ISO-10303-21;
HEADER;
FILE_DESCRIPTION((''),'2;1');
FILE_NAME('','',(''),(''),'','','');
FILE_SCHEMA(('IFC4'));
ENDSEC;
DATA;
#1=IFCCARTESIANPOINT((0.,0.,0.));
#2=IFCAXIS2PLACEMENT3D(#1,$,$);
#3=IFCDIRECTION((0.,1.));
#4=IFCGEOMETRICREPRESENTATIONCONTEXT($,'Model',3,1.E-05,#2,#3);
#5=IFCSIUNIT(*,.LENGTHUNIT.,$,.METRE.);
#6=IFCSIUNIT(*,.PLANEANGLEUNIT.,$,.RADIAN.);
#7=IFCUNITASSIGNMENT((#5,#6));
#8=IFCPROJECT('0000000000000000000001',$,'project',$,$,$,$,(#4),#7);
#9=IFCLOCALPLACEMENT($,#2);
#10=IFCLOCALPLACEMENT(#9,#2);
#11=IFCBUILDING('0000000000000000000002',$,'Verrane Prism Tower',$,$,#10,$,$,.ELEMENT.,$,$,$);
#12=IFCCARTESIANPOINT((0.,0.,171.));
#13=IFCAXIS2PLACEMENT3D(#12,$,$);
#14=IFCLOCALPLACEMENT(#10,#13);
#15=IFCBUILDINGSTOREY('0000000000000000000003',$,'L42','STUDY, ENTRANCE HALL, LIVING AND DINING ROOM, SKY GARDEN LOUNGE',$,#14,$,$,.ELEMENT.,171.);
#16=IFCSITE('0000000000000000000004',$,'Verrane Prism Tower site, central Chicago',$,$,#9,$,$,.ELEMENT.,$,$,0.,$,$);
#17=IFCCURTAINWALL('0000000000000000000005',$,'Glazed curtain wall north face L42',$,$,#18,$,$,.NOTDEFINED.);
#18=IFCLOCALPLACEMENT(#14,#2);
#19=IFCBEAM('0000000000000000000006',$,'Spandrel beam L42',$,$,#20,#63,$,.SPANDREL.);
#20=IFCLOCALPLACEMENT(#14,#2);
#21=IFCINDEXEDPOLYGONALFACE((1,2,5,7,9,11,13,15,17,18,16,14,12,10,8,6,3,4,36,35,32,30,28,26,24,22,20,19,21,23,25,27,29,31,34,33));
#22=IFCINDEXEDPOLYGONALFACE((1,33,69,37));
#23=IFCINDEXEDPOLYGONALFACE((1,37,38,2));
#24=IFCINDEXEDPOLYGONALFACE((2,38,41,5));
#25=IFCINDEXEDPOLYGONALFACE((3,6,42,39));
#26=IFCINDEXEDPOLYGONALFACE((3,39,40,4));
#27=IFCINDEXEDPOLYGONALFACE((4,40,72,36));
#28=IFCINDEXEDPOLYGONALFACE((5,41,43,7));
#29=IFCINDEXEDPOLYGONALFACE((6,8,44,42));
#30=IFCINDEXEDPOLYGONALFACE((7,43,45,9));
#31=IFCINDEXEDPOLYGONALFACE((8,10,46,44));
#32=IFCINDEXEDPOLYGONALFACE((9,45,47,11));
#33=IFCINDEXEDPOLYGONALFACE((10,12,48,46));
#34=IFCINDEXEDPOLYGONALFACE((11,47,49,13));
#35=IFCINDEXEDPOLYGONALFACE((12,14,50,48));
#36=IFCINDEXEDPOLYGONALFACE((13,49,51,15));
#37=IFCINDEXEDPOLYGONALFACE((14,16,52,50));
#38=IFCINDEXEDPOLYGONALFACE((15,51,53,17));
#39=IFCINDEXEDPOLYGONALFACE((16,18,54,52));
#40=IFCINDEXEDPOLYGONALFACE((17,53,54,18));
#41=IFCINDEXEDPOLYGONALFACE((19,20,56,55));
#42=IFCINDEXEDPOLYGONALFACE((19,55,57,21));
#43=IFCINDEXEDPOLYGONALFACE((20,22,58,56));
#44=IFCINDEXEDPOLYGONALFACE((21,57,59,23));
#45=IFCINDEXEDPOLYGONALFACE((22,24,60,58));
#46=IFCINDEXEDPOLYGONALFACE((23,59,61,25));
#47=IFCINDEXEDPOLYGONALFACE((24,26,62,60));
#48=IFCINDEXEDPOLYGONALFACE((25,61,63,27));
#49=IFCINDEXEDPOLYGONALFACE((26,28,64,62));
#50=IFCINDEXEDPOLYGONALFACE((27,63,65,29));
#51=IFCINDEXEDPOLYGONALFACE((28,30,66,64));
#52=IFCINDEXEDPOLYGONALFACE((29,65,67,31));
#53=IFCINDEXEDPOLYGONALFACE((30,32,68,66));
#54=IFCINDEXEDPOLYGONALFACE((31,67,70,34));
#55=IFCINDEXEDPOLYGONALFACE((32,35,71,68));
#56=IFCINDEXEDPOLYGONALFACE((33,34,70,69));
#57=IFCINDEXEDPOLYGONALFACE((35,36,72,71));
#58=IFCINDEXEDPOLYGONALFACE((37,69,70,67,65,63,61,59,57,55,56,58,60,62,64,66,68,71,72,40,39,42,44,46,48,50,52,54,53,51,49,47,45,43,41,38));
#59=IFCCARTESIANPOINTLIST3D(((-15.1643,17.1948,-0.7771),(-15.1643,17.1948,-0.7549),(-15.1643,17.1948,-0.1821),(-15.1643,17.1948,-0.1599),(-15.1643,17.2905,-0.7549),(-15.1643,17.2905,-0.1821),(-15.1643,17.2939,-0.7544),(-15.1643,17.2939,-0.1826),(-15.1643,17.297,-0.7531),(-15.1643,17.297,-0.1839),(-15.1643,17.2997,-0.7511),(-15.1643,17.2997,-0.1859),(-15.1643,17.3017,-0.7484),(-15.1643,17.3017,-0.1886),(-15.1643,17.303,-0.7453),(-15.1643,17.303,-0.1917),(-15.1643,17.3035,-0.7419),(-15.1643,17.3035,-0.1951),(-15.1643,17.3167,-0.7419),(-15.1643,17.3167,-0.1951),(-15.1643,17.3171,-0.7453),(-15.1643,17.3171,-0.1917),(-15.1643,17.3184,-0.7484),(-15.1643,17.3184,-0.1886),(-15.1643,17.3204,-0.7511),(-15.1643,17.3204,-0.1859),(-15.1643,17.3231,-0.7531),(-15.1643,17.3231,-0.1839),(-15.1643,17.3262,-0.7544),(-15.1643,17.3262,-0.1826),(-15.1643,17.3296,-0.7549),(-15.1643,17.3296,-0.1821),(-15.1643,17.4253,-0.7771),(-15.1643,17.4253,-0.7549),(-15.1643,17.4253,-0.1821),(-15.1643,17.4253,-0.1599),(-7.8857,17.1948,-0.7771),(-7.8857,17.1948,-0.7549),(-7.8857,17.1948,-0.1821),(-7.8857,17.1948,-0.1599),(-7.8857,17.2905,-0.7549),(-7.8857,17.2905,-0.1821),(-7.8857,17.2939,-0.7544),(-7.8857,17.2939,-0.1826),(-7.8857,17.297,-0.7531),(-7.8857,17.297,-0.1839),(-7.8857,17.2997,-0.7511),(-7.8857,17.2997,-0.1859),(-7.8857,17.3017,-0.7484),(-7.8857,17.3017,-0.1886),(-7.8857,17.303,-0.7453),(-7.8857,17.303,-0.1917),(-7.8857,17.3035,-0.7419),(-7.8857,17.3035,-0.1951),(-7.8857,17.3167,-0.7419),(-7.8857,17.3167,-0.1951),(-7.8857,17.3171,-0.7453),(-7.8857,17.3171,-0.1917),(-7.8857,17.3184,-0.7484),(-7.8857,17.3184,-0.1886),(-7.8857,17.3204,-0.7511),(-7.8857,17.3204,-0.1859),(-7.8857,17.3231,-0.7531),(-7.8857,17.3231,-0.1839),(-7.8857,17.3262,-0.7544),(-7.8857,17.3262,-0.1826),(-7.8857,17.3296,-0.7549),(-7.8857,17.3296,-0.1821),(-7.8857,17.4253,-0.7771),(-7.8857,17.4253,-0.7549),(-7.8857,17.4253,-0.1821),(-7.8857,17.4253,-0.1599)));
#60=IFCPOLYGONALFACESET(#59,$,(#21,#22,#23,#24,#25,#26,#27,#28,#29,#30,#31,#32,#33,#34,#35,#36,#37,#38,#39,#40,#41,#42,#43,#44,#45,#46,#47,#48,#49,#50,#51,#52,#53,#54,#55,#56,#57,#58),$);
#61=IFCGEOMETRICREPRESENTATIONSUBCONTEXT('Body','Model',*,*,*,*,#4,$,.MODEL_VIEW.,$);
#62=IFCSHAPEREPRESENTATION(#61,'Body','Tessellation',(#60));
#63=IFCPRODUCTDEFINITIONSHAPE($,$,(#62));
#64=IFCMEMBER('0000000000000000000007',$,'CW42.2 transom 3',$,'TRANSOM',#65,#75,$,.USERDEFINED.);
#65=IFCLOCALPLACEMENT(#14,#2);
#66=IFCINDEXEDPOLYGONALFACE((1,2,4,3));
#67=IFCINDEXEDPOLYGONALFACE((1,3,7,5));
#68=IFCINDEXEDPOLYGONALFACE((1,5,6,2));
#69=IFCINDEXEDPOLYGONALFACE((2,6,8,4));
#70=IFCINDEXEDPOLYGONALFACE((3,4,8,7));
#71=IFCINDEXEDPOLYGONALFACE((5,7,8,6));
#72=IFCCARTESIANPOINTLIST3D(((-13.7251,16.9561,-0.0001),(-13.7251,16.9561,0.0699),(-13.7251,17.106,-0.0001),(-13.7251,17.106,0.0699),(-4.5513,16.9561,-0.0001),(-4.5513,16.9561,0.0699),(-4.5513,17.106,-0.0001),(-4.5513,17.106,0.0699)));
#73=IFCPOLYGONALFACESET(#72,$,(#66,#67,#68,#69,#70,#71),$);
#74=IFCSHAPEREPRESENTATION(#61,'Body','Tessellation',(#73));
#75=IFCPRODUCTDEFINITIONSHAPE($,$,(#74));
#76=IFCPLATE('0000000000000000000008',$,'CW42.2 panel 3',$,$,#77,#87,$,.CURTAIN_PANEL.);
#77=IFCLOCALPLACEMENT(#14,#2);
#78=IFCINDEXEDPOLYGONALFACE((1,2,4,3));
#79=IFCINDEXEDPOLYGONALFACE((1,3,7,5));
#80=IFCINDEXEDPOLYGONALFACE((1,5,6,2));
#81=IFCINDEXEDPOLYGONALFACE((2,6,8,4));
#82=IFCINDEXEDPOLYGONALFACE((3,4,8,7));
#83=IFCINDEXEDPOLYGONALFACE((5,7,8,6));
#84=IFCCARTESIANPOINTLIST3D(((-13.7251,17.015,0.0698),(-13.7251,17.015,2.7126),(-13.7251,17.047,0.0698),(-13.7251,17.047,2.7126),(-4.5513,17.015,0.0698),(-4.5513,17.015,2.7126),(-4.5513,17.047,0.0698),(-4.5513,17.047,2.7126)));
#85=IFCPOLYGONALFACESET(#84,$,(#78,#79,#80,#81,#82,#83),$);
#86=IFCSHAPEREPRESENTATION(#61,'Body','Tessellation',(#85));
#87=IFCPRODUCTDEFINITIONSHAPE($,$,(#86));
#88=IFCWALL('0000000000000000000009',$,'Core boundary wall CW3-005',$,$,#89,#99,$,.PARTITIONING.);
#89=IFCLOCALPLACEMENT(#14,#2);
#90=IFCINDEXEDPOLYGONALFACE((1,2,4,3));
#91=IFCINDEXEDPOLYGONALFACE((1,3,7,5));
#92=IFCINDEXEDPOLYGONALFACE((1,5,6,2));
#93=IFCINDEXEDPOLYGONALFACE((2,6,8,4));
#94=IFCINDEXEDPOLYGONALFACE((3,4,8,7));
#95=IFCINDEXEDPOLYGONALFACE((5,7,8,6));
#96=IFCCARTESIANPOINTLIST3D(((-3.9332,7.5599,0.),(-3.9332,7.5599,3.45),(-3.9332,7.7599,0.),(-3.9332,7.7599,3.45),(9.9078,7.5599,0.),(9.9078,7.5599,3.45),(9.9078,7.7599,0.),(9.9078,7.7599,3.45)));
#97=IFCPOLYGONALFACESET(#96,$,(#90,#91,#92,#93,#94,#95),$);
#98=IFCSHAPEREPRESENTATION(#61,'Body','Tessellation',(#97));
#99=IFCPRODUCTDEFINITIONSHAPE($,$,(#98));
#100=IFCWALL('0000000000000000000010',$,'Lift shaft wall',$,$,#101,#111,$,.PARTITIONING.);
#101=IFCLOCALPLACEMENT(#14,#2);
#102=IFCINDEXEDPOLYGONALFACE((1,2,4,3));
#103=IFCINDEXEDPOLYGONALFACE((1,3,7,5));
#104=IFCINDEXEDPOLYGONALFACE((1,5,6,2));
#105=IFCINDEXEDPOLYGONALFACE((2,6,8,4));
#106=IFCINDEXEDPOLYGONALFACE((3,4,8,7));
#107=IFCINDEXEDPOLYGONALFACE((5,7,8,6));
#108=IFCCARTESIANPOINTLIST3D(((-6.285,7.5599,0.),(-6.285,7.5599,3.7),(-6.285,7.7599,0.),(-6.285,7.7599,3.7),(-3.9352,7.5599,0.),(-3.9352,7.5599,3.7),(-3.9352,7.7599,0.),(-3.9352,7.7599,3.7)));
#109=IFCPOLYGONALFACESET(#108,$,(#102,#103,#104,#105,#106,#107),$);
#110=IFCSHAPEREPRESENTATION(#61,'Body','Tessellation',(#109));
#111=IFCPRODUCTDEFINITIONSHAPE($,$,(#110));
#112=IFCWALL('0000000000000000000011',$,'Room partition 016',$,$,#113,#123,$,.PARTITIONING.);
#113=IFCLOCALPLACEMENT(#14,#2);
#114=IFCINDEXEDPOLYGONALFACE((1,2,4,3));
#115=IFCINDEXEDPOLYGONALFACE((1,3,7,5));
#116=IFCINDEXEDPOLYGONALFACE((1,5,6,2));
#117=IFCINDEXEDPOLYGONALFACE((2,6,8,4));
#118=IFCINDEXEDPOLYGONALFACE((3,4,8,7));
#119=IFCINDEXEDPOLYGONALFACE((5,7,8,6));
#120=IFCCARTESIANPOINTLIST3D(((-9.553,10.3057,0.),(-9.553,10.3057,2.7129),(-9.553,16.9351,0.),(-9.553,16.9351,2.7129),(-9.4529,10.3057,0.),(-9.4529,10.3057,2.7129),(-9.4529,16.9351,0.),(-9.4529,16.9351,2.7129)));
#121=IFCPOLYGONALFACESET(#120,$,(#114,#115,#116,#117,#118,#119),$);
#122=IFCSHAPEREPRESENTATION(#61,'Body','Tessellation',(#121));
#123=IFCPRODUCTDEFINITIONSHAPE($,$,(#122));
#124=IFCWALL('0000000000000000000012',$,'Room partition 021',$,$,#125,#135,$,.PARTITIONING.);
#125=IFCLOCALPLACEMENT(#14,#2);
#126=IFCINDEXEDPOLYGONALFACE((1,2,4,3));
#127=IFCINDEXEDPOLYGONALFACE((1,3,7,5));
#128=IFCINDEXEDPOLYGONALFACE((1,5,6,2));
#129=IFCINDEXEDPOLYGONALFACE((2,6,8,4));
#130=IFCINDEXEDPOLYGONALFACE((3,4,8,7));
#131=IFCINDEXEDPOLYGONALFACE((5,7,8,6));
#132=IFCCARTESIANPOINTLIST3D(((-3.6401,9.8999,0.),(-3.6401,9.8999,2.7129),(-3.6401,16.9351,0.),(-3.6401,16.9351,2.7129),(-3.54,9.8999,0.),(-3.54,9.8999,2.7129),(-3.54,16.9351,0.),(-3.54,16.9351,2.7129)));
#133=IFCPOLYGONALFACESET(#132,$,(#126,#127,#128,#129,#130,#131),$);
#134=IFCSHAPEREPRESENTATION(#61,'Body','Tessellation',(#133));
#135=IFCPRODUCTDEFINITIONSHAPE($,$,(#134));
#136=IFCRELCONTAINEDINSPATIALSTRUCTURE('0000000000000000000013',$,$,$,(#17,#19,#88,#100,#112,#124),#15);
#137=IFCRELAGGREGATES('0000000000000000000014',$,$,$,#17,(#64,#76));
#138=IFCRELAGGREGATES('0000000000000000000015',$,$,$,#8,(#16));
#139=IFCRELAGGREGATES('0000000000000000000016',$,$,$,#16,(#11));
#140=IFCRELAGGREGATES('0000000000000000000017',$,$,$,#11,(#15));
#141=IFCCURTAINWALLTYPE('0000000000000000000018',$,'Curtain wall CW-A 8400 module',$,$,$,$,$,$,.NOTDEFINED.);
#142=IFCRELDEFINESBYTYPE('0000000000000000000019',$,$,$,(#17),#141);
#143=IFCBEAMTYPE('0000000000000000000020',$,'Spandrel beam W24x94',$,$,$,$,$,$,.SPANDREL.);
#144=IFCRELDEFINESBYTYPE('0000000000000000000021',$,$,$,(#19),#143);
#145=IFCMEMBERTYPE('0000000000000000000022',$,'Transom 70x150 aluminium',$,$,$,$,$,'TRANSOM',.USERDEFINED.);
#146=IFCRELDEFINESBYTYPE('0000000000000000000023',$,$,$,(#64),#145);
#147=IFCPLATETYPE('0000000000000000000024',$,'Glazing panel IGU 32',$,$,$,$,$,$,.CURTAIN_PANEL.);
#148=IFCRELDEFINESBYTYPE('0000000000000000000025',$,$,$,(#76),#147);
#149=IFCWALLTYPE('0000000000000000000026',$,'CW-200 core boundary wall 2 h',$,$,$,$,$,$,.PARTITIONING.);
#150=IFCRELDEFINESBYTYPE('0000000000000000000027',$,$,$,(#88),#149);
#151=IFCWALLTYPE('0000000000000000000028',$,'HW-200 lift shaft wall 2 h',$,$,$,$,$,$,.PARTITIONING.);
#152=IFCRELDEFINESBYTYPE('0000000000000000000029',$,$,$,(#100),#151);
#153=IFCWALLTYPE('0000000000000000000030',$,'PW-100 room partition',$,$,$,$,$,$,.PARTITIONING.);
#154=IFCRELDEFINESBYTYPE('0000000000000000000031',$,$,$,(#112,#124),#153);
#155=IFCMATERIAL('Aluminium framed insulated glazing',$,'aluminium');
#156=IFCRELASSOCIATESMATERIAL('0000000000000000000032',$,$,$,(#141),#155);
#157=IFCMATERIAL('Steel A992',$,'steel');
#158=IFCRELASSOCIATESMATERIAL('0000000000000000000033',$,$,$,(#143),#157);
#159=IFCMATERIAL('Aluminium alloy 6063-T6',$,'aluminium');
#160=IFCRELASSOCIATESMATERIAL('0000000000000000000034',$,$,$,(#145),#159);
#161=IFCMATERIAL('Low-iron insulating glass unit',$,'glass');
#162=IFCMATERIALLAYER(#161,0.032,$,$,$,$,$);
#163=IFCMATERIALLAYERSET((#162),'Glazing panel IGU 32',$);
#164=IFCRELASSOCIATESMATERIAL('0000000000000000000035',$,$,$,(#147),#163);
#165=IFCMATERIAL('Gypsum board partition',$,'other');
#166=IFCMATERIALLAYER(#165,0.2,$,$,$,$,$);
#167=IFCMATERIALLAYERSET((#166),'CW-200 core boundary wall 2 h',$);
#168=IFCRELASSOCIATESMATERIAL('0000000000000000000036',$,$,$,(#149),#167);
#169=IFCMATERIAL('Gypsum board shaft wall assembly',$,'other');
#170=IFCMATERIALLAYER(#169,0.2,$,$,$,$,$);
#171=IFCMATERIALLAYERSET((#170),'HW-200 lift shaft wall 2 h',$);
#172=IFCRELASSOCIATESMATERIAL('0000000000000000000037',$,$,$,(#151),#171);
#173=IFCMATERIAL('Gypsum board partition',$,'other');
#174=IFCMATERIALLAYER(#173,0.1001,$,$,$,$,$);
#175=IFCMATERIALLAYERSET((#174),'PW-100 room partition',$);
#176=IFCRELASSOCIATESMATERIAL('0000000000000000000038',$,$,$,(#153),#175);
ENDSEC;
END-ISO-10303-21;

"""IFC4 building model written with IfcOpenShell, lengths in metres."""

from ifc_helpers import new_model, si_unit, direction, frame, frame_2d, origin, origin_2d, place, context, subcontext, project, spatial, rectangle, i_section, extrude, material, layer, layer_set, material_profile, profile_set, type_object, element, aggregate, save


model = new_model("IFC4")

# Units and contexts
model_context = context("Model", 3, precision=1e-05, world=origin(), true_north=direction((0.0, 1.0)))
body_context = subcontext(model_context, "Body", "Model", "MODEL_VIEW")
ifc_project = project(units=[si_unit("LENGTHUNIT", "METRE"), si_unit("PLANEANGLEUNIT", "RADIAN")], contexts=[model_context])

# Site, building, storey
site_placement = place(None, origin())
site = spatial("IfcSite", under=ifc_project, at=site_placement, Name="Verrane Prism Tower site, central Chicago", CompositionType="ELEMENT", RefElevation=0.0)
building_placement = place(site_placement, origin())
building = spatial("IfcBuilding", under=site, at=building_placement, Name="Verrane Prism Tower", CompositionType="ELEMENT")
storey_placement = place(building_placement, frame((0.0, 0.0, 171.0)))
storey = spatial("IfcBuildingStorey", under=building, at=storey_placement, Name="L42", Description="STUDY, ENTRANCE HALL, LIVING AND DINING ROOM, SKY GARDEN LOUNGE", CompositionType="ELEMENT", Elevation=171.0)

# Curtain wall
ifc_material_1 = material(Name="Aluminium framed insulated glazing", Category="aluminium")
curtain_wall_type = type_object("IfcCurtainWallType", Name="Curtain wall CW-A 8400 module", PredefinedType="NOTDEFINED", material=ifc_material_1)
curtain_wall_placement = place(storey_placement, origin())
curtain_wall = element("IfcCurtainWall", 1, at=curtain_wall_placement, inside=storey, type_object=curtain_wall_type, Name="Glazed curtain wall north face L42", PredefinedType="NOTDEFINED")

# Beam
ifc_material_2 = material(Name="Steel A992", Category="steel")
ifc_material_profile_1 = material_profile(ifc_material_2, i_section(OverallWidth=0.2305, OverallDepth=0.6172, WebThickness=0.0132, FlangeThickness=0.0222, FilletRadius=0.0129, at=origin_2d()), Name="W24x94")
ifc_profile_set_1 = profile_set([ifc_material_profile_1], Name="Steel A992")
beam_type_1 = type_object("IfcBeamType", Name="Spandrel beam W24x94", PredefinedType="SPANDREL", material=ifc_profile_set_1)
beam_1_placement = place(storey_placement, frame((-7.8857, 17.3101, -0.4685), z_axis=(-1.0, 0.0, 0.0), x_axis=(0.0, -1.0, 0.0)))
element("IfcBeam", 2, at=beam_1_placement, inside=storey, type_object=beam_type_1, Name="Spandrel beam L42", PredefinedType="SPANDREL", context=body_context, shape_type="SweptSolid", body=[
    extrude(i_section(OverallWidth=0.2305, OverallDepth=0.6172, WebThickness=0.0132, FlangeThickness=0.0222, FilletRadius=0.0129, at=origin_2d()), origin(), (0.0, 0.0, 1.0), 7.2786),
])

# Member
ifc_material_3 = material(Name="Aluminium alloy 6063-T6", Category="aluminium")
ifc_material_profile_2 = material_profile(ifc_material_3, rectangle(XDim=0.1499, YDim=0.0701, at=origin_2d()), Name="Transom 70x150 aluminium")
ifc_profile_set_2 = profile_set([ifc_material_profile_2], Name="Aluminium alloy 6063-T6")
member_type_1 = type_object("IfcMemberType", Name="Transom 70x150 aluminium", ElementType="TRANSOM", PredefinedType="USERDEFINED", material=ifc_profile_set_2)
member_1_placement = place(storey_placement, frame((-4.5513, 17.031, 0.0349), z_axis=(-1.0, 0.0, 0.0), x_axis=(0.0, -1.0, 0.0)))
member_1 = element("IfcMember", 3, at=member_1_placement, type_object=member_type_1, Name="CW42.2 transom 3", ObjectType="TRANSOM", PredefinedType="USERDEFINED", context=body_context, shape_type="SweptSolid", body=[
    extrude(rectangle(XDim=0.1499, YDim=0.0701, at=origin_2d()), origin(), (0.0, 0.0, 1.0), 9.1738),
])

# Plate
ifc_material_4 = material(Name="Low-iron insulating glass unit", Category="glass")
ifc_layer_1 = layer(ifc_material_4, 0.032)
ifc_layer_set_1 = layer_set([ifc_layer_1], Name="Glazing panel IGU 32")
plate_type = type_object("IfcPlateType", Name="Glazing panel IGU 32", PredefinedType="CURTAIN_PANEL", material=ifc_layer_set_1)
plate_placement = place(storey_placement, frame((-9.1382, 17.031, 0.0698), z_axis=(0.0, 0.0, 1.0), x_axis=(-1.0, 0.0, 0.0)))
plate = element("IfcPlate", 4, at=plate_placement, type_object=plate_type, Name="CW42.2 panel 3", PredefinedType="CURTAIN_PANEL", context=body_context, shape_type="SweptSolid", body=[
    extrude(rectangle(XDim=9.1738, YDim=0.032, at=origin_2d()), origin(), (0.0, 0.0, 1.0), 2.6428),
])
aggregate(curtain_wall, [member_1, plate])

# Walls
ifc_material_5 = material(Name="Gypsum board partition", Category="other")
ifc_layer_2 = layer(ifc_material_5, 0.2)
ifc_layer_set_2 = layer_set([ifc_layer_2], Name="CW-200 core boundary wall 2 h")
wall_type_1 = type_object("IfcWallType", Name="CW-200 core boundary wall 2 h", PredefinedType="PARTITIONING", material=ifc_layer_set_2)
wall_1_placement = place(storey_placement, frame((-3.9331, 7.6599, 0.0), z_axis=(0.0, 0.0, 1.0), x_axis=(1.0, 0.0, 0.0)))
element("IfcWall", 5, at=wall_1_placement, inside=storey, type_object=wall_type_1, Name="Core boundary wall CW3-005", PredefinedType="PARTITIONING", context=body_context, shape_type="SweptSolid", body=[
    extrude(rectangle(XDim=13.8411, YDim=0.2, at=frame_2d((6.9204, 0.0))), origin(), (0.0, 0.0, 1.0), 3.45),
])
ifc_material_6 = material(Name="Gypsum board shaft wall assembly", Category="other")
ifc_layer_3 = layer(ifc_material_6, 0.2)
ifc_layer_set_3 = layer_set([ifc_layer_3], Name="HW-200 lift shaft wall 2 h")
wall_type_2 = type_object("IfcWallType", Name="HW-200 lift shaft wall 2 h", PredefinedType="PARTITIONING", material=ifc_layer_set_3)
wall_2_placement = place(storey_placement, frame((-6.2849, 7.6599, 0.0), z_axis=(0.0, 0.0, 1.0), x_axis=(1.0, 0.0, 0.0)))
element("IfcWall", 6, at=wall_2_placement, inside=storey, type_object=wall_type_2, Name="Lift shaft wall", PredefinedType="PARTITIONING", context=body_context, shape_type="SweptSolid", body=[
    extrude(rectangle(XDim=2.3499, YDim=0.2, at=frame_2d((1.1748, 0.0))), origin(), (0.0, 0.0, 1.0), 3.7),
])
ifc_material_7 = material(Name="Gypsum board partition", Category="other")
ifc_layer_4 = layer(ifc_material_7, 0.1001)
ifc_layer_set_4 = layer_set([ifc_layer_4], Name="PW-100 room partition")
wall_type_3 = type_object("IfcWallType", Name="PW-100 room partition", PredefinedType="PARTITIONING", material=ifc_layer_set_4)
wall_3_placement = place(storey_placement, frame((-9.5029, 10.3057, 0.0), z_axis=(0.0, 0.0, 1.0), x_axis=(0.0, 1.0, 0.0)))
element("IfcWall", 7, at=wall_3_placement, inside=storey, type_object=wall_type_3, Name="Room partition 016", PredefinedType="PARTITIONING", context=body_context, shape_type="SweptSolid", body=[
    extrude(rectangle(XDim=6.6294, YDim=0.1001, at=frame_2d((3.3147, 0.0))), origin(), (0.0, 0.0, 1.0), 2.7129),
])
wall_4_placement = place(storey_placement, frame((-3.5901, 9.8999, 0.0), z_axis=(0.0, 0.0, 1.0), x_axis=(0.0, 1.0, 0.0)))
element("IfcWall", 8, at=wall_4_placement, inside=storey, type_object=wall_type_3, Name="Room partition 021", PredefinedType="PARTITIONING", context=body_context, shape_type="SweptSolid", body=[
    extrude(rectangle(XDim=7.0352, YDim=0.1001, at=frame_2d((3.5176, 0.0))), origin(), (0.0, 0.0, 1.0), 2.7129),
])

save(model, "model.ifc")
